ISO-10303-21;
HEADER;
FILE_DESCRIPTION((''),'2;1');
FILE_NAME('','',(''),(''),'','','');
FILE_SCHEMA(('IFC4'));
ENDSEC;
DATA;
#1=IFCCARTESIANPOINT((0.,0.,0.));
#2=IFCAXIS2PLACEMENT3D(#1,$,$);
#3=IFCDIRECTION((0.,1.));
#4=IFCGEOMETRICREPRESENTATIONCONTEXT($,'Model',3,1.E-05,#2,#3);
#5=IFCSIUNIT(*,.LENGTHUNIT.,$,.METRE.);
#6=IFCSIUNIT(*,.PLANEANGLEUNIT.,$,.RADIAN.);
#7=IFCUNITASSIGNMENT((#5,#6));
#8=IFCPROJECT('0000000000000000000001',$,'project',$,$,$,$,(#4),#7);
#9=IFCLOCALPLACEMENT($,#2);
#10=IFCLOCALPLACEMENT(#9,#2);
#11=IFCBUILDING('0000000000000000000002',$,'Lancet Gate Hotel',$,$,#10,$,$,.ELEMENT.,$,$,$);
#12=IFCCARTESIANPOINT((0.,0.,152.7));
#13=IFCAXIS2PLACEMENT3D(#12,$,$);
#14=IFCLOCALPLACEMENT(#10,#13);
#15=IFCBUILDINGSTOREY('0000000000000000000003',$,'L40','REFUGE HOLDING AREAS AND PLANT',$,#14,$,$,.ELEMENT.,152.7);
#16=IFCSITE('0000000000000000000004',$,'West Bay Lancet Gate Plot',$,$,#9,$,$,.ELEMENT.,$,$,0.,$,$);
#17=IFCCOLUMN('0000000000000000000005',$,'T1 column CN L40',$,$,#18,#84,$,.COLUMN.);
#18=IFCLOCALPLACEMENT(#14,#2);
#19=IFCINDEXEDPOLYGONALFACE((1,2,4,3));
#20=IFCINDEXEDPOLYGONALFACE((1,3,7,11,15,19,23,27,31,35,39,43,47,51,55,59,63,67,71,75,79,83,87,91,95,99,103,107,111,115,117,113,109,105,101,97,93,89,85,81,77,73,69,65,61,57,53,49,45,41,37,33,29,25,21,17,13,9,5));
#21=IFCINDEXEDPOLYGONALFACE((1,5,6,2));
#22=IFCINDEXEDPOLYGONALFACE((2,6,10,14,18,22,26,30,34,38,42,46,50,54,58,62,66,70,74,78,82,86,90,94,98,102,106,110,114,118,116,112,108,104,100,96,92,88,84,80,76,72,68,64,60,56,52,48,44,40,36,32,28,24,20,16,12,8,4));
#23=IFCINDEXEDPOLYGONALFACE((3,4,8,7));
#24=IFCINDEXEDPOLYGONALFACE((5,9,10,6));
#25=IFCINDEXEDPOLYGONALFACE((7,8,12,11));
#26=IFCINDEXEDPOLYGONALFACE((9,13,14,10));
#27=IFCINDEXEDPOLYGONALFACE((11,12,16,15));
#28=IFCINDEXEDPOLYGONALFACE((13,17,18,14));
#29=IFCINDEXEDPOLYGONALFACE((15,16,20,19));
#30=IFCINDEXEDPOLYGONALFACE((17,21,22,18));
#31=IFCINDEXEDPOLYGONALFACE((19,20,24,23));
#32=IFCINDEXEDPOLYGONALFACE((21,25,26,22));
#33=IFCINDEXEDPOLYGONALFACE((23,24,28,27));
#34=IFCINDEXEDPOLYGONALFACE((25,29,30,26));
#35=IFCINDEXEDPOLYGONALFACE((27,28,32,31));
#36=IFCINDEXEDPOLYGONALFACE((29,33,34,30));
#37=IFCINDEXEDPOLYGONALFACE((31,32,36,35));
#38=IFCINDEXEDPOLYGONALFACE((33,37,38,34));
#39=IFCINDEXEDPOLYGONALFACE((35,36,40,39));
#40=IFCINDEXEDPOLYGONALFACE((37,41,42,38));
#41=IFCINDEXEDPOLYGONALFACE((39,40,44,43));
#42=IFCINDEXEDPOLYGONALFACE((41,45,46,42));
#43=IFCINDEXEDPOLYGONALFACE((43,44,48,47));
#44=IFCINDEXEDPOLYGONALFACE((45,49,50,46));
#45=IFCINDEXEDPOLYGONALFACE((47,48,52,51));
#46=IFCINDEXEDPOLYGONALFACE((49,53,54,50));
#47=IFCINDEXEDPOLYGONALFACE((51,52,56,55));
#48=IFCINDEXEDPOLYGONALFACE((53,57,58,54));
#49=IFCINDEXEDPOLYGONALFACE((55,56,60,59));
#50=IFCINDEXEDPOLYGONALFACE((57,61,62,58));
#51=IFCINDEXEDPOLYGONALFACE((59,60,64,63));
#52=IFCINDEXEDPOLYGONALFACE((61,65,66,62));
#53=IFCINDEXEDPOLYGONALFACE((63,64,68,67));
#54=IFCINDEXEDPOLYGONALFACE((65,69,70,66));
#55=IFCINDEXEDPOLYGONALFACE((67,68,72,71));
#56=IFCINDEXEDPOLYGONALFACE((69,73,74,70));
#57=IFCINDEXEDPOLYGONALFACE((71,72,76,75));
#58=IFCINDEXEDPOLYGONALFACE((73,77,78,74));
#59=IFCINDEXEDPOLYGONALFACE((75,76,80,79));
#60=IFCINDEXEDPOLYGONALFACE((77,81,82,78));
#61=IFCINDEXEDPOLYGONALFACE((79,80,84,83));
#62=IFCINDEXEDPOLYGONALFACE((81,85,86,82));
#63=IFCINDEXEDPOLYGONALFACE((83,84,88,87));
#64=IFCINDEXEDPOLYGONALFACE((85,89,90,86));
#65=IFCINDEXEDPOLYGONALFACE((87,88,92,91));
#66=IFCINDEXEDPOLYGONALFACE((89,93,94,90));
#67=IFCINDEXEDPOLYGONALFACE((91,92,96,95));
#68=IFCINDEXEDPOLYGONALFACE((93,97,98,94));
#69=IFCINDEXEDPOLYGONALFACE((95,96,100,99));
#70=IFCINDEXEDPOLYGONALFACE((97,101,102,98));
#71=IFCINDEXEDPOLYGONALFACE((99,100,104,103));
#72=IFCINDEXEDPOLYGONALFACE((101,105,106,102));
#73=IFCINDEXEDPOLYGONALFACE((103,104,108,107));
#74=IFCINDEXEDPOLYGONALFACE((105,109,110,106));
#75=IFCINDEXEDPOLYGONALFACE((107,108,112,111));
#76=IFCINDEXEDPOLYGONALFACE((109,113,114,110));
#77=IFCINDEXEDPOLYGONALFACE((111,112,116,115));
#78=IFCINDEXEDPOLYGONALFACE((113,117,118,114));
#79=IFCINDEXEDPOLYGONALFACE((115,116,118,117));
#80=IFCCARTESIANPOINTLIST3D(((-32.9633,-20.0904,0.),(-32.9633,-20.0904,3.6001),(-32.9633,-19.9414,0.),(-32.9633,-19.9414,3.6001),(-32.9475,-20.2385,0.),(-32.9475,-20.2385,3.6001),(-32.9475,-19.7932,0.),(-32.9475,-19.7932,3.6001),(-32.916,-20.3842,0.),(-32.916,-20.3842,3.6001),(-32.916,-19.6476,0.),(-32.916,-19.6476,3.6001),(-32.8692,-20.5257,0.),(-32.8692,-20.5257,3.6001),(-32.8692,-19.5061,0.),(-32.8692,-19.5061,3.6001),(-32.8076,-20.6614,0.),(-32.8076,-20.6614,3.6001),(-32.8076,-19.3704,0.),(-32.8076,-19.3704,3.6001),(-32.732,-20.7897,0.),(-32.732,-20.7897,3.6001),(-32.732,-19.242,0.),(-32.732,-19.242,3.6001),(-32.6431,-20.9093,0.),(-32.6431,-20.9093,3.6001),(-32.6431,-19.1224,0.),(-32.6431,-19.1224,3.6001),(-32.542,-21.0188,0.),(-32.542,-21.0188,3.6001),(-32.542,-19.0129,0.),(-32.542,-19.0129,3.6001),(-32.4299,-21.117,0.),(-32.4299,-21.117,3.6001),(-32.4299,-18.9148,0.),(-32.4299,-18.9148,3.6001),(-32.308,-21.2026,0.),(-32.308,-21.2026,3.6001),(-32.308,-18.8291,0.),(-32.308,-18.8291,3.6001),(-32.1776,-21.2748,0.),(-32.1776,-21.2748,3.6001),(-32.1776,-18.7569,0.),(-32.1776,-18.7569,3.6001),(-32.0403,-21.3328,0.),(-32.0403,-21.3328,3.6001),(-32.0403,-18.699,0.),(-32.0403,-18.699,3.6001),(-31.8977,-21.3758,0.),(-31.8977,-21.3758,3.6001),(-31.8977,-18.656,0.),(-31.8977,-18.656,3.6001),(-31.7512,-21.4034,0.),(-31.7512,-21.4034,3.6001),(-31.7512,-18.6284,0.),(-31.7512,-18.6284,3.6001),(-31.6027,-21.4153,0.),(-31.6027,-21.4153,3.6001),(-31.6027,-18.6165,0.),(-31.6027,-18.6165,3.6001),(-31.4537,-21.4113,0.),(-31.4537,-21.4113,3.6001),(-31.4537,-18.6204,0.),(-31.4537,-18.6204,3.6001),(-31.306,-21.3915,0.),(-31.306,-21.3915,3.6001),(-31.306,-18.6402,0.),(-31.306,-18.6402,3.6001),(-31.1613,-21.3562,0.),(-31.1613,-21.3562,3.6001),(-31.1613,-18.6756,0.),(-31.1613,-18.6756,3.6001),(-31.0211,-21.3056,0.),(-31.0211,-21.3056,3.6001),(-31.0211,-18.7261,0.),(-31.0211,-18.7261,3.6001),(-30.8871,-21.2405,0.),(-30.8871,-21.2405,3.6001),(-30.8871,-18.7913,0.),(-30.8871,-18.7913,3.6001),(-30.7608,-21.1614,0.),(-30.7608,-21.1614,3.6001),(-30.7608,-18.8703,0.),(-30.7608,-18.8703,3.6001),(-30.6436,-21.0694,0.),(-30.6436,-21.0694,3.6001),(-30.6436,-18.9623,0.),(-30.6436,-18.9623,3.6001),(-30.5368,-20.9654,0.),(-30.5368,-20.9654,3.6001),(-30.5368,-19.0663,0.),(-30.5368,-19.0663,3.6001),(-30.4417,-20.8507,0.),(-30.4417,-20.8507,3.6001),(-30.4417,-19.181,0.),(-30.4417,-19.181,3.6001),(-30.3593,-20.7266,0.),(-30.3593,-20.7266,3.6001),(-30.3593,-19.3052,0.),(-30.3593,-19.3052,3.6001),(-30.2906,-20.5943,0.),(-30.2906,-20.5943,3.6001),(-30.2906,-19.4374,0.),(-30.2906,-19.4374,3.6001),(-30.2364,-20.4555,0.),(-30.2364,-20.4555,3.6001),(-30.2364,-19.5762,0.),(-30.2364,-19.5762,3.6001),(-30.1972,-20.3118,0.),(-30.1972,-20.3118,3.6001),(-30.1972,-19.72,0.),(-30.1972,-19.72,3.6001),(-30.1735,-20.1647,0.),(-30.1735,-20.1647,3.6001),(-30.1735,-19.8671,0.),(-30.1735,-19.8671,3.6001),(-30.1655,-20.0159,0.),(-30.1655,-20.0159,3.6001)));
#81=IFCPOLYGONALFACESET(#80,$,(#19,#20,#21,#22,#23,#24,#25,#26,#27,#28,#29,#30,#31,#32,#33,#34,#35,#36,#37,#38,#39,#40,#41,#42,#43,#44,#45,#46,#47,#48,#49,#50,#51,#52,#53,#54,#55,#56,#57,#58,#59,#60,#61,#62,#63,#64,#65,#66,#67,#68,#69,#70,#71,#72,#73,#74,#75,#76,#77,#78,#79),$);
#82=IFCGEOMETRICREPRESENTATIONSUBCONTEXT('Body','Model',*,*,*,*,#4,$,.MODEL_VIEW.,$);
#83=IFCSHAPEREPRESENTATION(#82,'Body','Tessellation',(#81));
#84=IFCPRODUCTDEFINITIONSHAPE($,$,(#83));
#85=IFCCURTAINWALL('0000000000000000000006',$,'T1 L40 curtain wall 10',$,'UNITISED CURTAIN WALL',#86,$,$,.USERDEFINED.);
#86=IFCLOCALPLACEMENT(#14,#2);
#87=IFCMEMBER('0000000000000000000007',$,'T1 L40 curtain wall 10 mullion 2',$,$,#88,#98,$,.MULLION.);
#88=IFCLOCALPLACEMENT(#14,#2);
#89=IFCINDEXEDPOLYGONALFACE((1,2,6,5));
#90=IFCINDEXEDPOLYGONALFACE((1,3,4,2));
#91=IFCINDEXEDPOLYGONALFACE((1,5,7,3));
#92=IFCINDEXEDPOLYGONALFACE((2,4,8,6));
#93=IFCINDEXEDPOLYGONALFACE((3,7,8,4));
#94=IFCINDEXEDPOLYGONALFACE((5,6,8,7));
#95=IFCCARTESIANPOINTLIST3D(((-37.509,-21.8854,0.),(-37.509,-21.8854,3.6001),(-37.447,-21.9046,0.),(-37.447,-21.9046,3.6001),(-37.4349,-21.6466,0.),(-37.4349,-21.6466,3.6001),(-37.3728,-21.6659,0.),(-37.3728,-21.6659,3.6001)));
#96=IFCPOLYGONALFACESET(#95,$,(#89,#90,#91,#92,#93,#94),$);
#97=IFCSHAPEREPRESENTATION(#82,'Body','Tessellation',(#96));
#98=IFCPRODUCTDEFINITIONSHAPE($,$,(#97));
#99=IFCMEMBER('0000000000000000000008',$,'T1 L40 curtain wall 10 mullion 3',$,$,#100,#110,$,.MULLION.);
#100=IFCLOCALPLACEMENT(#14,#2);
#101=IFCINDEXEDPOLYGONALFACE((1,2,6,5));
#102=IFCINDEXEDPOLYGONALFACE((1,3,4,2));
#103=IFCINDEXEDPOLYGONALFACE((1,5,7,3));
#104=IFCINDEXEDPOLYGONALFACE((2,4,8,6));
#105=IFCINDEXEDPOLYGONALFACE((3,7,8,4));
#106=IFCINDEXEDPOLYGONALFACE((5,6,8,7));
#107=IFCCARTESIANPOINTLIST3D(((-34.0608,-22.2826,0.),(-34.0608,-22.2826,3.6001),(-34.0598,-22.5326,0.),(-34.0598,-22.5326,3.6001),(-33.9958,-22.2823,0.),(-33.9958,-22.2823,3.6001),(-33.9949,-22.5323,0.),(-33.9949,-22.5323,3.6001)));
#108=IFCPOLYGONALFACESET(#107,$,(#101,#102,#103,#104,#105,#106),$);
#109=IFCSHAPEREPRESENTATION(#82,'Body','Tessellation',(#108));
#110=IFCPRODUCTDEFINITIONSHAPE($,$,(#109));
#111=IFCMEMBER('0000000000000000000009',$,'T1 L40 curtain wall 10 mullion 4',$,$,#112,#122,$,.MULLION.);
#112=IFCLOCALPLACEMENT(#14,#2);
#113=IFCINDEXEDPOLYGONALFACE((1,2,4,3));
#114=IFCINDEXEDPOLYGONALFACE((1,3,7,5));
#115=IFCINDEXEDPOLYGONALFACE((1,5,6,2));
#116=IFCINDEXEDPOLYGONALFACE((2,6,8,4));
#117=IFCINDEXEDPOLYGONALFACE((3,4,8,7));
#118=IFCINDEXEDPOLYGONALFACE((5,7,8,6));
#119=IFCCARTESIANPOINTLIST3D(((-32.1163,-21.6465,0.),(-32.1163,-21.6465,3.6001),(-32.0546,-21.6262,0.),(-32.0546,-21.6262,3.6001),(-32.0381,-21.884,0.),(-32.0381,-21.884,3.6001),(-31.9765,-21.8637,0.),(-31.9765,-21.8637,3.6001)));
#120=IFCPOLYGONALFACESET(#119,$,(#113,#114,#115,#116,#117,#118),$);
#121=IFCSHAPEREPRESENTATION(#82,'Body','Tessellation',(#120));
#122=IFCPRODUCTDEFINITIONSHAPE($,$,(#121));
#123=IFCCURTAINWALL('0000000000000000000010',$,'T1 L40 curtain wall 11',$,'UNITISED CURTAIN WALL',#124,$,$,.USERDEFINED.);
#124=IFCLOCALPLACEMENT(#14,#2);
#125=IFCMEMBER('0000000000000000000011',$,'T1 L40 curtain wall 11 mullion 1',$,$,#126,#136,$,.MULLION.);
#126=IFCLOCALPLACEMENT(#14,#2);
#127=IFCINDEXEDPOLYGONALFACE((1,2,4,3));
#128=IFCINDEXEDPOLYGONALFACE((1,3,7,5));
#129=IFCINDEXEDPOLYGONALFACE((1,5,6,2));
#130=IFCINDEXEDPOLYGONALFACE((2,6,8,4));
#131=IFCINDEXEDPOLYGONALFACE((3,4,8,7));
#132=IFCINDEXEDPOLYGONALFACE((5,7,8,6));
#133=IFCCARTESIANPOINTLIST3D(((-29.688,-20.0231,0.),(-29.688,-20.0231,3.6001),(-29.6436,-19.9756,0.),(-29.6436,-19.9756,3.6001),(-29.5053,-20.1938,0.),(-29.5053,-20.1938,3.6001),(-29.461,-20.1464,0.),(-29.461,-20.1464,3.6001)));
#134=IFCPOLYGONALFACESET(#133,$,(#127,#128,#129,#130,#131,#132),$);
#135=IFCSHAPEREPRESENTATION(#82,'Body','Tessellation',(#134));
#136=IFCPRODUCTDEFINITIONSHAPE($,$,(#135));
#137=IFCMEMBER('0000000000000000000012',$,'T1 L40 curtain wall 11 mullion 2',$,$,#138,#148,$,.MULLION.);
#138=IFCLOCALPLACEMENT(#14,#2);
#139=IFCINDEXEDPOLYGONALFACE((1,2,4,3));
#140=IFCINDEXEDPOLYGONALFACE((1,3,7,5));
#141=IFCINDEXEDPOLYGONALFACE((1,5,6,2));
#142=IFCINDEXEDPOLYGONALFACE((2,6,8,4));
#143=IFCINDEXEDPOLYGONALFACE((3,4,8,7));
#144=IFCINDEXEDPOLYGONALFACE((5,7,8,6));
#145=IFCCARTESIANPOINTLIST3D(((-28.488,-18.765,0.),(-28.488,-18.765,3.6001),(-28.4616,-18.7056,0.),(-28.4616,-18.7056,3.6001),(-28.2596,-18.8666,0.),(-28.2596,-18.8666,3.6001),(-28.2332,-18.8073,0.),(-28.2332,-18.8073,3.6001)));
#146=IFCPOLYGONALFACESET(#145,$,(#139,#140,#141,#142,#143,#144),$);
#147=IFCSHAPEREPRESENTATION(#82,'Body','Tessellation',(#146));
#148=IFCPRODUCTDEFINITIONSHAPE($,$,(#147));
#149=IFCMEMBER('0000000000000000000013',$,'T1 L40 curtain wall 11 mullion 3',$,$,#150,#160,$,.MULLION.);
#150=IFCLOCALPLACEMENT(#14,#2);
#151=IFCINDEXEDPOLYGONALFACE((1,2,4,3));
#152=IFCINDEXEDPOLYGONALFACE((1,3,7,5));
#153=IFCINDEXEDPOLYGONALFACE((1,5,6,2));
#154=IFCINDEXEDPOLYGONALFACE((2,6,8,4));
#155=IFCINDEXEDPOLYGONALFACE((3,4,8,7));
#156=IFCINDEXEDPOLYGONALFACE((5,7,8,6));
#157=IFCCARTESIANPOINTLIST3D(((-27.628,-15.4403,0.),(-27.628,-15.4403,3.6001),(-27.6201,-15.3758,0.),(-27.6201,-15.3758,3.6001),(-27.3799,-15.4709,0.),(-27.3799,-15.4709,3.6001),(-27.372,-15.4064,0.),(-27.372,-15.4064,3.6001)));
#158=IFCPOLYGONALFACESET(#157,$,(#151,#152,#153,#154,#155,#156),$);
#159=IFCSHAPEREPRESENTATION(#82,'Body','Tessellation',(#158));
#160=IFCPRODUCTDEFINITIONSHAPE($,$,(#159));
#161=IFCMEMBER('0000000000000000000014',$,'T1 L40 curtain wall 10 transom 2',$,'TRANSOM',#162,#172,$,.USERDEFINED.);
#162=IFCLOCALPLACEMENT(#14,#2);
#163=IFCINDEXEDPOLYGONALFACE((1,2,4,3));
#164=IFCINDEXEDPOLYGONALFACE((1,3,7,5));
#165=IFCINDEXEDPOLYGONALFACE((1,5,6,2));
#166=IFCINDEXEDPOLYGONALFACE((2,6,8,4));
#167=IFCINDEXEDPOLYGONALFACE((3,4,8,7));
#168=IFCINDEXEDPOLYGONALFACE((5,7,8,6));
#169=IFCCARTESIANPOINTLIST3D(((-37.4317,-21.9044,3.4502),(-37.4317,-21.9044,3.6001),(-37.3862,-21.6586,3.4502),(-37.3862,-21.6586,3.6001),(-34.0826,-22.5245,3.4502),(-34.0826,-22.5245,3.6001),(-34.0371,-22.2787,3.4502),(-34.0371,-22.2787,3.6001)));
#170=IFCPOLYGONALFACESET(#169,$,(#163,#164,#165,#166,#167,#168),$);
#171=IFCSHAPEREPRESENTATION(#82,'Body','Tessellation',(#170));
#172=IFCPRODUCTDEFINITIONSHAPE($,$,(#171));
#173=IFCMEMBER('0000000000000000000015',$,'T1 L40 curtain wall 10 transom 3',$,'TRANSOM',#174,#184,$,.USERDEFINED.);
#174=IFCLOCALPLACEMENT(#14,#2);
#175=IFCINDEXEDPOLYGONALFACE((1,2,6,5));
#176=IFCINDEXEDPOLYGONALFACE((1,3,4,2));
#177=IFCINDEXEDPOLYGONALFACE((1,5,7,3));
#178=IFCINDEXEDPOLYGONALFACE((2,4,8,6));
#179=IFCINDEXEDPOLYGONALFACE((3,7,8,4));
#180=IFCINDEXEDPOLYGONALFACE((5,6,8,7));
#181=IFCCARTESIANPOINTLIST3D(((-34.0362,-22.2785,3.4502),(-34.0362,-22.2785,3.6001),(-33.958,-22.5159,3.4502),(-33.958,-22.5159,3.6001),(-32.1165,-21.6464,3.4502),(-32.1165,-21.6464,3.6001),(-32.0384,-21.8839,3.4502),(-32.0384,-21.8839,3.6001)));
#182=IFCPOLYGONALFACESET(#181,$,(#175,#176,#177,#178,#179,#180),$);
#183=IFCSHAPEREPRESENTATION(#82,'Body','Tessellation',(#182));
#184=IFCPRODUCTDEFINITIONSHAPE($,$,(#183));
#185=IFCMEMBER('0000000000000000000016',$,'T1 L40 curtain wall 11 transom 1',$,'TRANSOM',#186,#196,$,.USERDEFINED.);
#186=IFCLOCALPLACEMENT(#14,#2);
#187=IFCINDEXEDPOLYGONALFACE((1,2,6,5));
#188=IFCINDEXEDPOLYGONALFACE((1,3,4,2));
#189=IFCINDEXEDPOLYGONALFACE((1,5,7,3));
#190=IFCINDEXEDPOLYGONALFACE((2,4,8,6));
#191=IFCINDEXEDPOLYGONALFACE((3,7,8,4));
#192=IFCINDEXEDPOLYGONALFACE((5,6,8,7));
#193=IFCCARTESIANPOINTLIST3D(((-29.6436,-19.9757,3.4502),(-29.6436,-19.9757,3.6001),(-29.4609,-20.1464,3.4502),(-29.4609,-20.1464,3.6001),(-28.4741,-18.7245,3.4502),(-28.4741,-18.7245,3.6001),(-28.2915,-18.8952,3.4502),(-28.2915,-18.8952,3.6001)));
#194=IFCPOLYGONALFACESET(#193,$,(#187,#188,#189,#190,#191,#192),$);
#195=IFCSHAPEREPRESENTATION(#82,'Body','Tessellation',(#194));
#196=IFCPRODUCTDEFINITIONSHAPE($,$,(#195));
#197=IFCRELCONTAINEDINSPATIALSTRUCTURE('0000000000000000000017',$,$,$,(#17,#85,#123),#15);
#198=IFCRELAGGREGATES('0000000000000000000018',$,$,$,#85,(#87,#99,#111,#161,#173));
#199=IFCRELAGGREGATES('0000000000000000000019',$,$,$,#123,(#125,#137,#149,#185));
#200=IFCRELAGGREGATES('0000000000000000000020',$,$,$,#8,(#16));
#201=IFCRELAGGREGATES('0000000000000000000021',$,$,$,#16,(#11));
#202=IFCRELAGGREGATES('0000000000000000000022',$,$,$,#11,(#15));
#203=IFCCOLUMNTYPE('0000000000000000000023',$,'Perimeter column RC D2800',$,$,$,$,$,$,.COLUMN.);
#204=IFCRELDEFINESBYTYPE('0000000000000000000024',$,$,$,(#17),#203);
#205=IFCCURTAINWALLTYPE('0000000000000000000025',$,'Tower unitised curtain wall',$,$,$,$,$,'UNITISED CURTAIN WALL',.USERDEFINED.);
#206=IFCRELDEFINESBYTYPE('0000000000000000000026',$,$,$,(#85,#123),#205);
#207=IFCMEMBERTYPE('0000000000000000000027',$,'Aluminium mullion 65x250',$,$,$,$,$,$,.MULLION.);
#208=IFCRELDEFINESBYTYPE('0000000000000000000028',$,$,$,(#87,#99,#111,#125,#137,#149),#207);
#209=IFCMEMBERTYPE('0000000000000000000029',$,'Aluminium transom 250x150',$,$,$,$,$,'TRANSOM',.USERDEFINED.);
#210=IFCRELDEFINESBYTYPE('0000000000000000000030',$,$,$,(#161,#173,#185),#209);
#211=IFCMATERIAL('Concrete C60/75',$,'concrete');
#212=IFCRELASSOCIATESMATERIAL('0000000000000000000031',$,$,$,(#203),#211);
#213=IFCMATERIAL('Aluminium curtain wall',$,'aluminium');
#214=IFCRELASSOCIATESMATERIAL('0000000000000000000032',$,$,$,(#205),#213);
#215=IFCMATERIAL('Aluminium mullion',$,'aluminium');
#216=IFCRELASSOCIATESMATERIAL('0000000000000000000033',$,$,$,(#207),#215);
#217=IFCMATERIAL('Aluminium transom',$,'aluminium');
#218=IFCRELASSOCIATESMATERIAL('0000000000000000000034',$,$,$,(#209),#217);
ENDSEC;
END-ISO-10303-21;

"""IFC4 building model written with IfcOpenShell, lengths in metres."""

from ifc_helpers import new_model, si_unit, direction, frame, origin, origin_2d, place, context, subcontext, project, spatial, rectangle, circle, extrude, material, material_profile, profile_set, type_object, element, aggregate, save


model = new_model("IFC4")

# Units and contexts
model_context = context("Model", 3, precision=1e-05, world=origin(), true_north=direction((0.0, 1.0)))
body_context = subcontext(model_context, "Body", "Model", "MODEL_VIEW")
ifc_project = project(units=[si_unit("LENGTHUNIT", "METRE"), si_unit("PLANEANGLEUNIT", "RADIAN")], contexts=[model_context])

# Site, building, storey
site_placement = place(None, origin())
site = spatial("IfcSite", under=ifc_project, at=site_placement, Name="West Bay Lancet Gate Plot", CompositionType="ELEMENT", RefElevation=0.0)
building_placement = place(site_placement, origin())
building = spatial("IfcBuilding", under=site, at=building_placement, Name="Lancet Gate Hotel", CompositionType="ELEMENT")
storey_placement = place(building_placement, frame((0.0, 0.0, 152.7)))
storey = spatial("IfcBuildingStorey", under=building, at=storey_placement, Name="L40", Description="REFUGE HOLDING AREAS AND PLANT", CompositionType="ELEMENT", Elevation=152.7)

# Column
ifc_material_1 = material(Name="Concrete C60/75", Category="concrete")
ifc_material_profile_1 = material_profile(ifc_material_1, circle(Radius=1.3999, at=origin_2d()), Name="RC D2800")
ifc_profile_set_1 = profile_set([ifc_material_profile_1], Name="Concrete C60/75")
column_type = type_object("IfcColumnType", Name="Perimeter column RC D2800", PredefinedType="COLUMN", material=ifc_profile_set_1)
column_placement = place(storey_placement, frame((-31.5654, -20.0159, 0.0), z_axis=(0.0, 0.0, 1.0), x_axis=(1.0, 0.0, 0.0)))
element("IfcColumn", 1, at=column_placement, inside=storey, type_object=column_type, Name="T1 column CN L40", PredefinedType="COLUMN", context=body_context, shape_type="SweptSolid", body=[
    extrude(circle(Radius=1.3999, at=origin_2d()), origin(), (0.0, 0.0, 1.0), 3.6001),
])

# Curtain walls, members
ifc_material_2 = material(Name="Aluminium curtain wall", Category="aluminium")
curtain_wall_type = type_object("IfcCurtainWallType", Name="Tower unitised curtain wall", ElementType="UNITISED CURTAIN WALL", PredefinedType="USERDEFINED", material=ifc_material_2)
curtain_wall_1_placement = place(storey_placement, origin())
curtain_wall_1 = element("IfcCurtainWall", 2, at=curtain_wall_1_placement, inside=storey, type_object=curtain_wall_type, Name="T1 L40 curtain wall 10", ObjectType="UNITISED CURTAIN WALL", PredefinedType="USERDEFINED")
ifc_material_3 = material(Name="Aluminium mullion", Category="aluminium")
ifc_material_profile_2 = material_profile(ifc_material_3, rectangle(XDim=0.0649, YDim=0.25, at=origin_2d()), Name="MULLION 65x250")
ifc_profile_set_2 = profile_set([ifc_material_profile_2], Name="Aluminium mullion")
member_type_1 = type_object("IfcMemberType", Name="Aluminium mullion 65x250", PredefinedType="MULLION", material=ifc_profile_set_2)
member_1_placement = place(storey_placement, frame((-37.4409, -21.7756, 0.0), z_axis=(0.0, 0.0, 1.0), x_axis=(0.955018, -0.296549, 0.0)))
member_1 = element("IfcMember", 3, at=member_1_placement, type_object=member_type_1, Name="T1 L40 curtain wall 10 mullion 2", PredefinedType="MULLION", context=body_context, shape_type="SweptSolid", body=[
    extrude(rectangle(XDim=0.0649, YDim=0.25, at=origin_2d()), origin(), (0.0, 0.0, 1.0), 3.6001),
])
member_2_placement = place(storey_placement, frame((-34.0278, -22.4075, 0.0), z_axis=(0.0, 0.0, 1.0), x_axis=(0.999993, 0.003798, 0.0)))
member_2 = element("IfcMember", 4, at=member_2_placement, type_object=member_type_1, Name="T1 L40 curtain wall 10 mullion 3", PredefinedType="MULLION", context=body_context, shape_type="SweptSolid", body=[
    extrude(rectangle(XDim=0.0649, YDim=0.25, at=origin_2d()), origin(), (0.0, 0.0, 1.0), 3.6001),
])
member_3_placement = place(storey_placement, frame((-32.0464, -21.7551, 0.0), z_axis=(0.0, 0.0, 1.0), x_axis=(0.949848, 0.312712, 0.0)))
member_3 = element("IfcMember", 5, at=member_3_placement, type_object=member_type_1, Name="T1 L40 curtain wall 10 mullion 4", PredefinedType="MULLION", context=body_context, shape_type="SweptSolid", body=[
    extrude(rectangle(XDim=0.0649, YDim=0.25, at=origin_2d()), origin(), (0.0, 0.0, 1.0), 3.6001),
])
curtain_wall_2_placement = place(storey_placement, origin())
curtain_wall_2 = element("IfcCurtainWall", 6, at=curtain_wall_2_placement, inside=storey, type_object=curtain_wall_type, Name="T1 L40 curtain wall 11", ObjectType="UNITISED CURTAIN WALL", PredefinedType="USERDEFINED")
member_4_placement = place(storey_placement, frame((-29.5745, -20.0847, 0.0), z_axis=(0.0, 0.0, 1.0), x_axis=(0.682845, 0.730563, 0.0)))
member_4 = element("IfcMember", 7, at=member_4_placement, type_object=member_type_1, Name="T1 L40 curtain wall 11 mullion 1", PredefinedType="MULLION", context=body_context, shape_type="SweptSolid", body=[
    extrude(rectangle(XDim=0.0649, YDim=0.25, at=origin_2d()), origin(), (0.0, 0.0, 1.0), 3.6001),
])
member_5_placement = place(storey_placement, frame((-28.3606, -18.7861, 0.0), z_axis=(0.0, 0.0, 1.0), x_axis=(0.406581, 0.913615, 0.0)))
member_5 = element("IfcMember", 8, at=member_5_placement, type_object=member_type_1, Name="T1 L40 curtain wall 11 mullion 2", PredefinedType="MULLION", context=body_context, shape_type="SweptSolid", body=[
    extrude(rectangle(XDim=0.0649, YDim=0.25, at=origin_2d()), origin(), (0.0, 0.0, 1.0), 3.6001),
])
member_6_placement = place(storey_placement, frame((-27.5, -15.4233, 0.0), z_axis=(0.0, 0.0, 1.0), x_axis=(0.122467, 0.992473, 0.0)))
member_6 = element("IfcMember", 9, at=member_6_placement, type_object=member_type_1, Name="T1 L40 curtain wall 11 mullion 3", PredefinedType="MULLION", context=body_context, shape_type="SweptSolid", body=[
    extrude(rectangle(XDim=0.0649, YDim=0.25, at=origin_2d()), origin(), (0.0, 0.0, 1.0), 3.6001),
])

# Members
ifc_material_4 = material(Name="Aluminium transom", Category="aluminium")
ifc_material_profile_3 = material_profile(ifc_material_4, rectangle(XDim=0.25, YDim=0.1499, at=origin_2d()), Name="TRANSOM 250x150")
ifc_profile_set_3 = profile_set([ifc_material_profile_3], Name="Aluminium transom")
member_type_2 = type_object("IfcMemberType", Name="Aluminium transom 250x150", ElementType="TRANSOM", PredefinedType="USERDEFINED", material=ifc_profile_set_3)
member_7_placement = place(storey_placement, frame((-37.4089, -21.7815, 3.5251), z_axis=(0.983287, -0.182064, 0.0), x_axis=(0.182064, 0.983287, 0.0)))
member_7 = element("IfcMember", 10, at=member_7_placement, type_object=member_type_2, Name="T1 L40 curtain wall 10 transom 2", ObjectType="TRANSOM", PredefinedType="USERDEFINED", context=body_context, shape_type="SweptSolid", body=[
    extrude(rectangle(XDim=0.25, YDim=0.1499, at=origin_2d()), origin(), (0.0, 0.0, 1.0), 3.406),
])
member_8_placement = place(storey_placement, frame((-33.9971, -22.3972, 3.5251), z_axis=(0.949837, 0.312747, 0.0), x_axis=(-0.312747, 0.949837, 0.0)))
member_8 = element("IfcMember", 11, at=member_8_placement, type_object=member_type_2, Name="T1 L40 curtain wall 10 transom 3", ObjectType="TRANSOM", PredefinedType="USERDEFINED", context=body_context, shape_type="SweptSolid", body=[
    extrude(rectangle(XDim=0.25, YDim=0.1499, at=origin_2d()), origin(), (0.0, 0.0, 1.0), 2.021),
])
member_9_placement = place(storey_placement, frame((-29.5522, -20.061, 3.5251), z_axis=(0.682826, 0.730581, 0.0), x_axis=(-0.730581, 0.682826, 0.0)))
member_9 = element("IfcMember", 12, at=member_9_placement, type_object=member_type_2, Name="T1 L40 curtain wall 11 transom 1", ObjectType="TRANSOM", PredefinedType="USERDEFINED", context=body_context, shape_type="SweptSolid", body=[
    extrude(rectangle(XDim=0.25, YDim=0.1499, at=origin_2d()), origin(), (0.0, 0.0, 1.0), 1.7126),
])

aggregate(curtain_wall_1, [member_1, member_2, member_3, member_7, member_8])
aggregate(curtain_wall_2, [member_4, member_5, member_6, member_9])

save(model, "model.ifc")
